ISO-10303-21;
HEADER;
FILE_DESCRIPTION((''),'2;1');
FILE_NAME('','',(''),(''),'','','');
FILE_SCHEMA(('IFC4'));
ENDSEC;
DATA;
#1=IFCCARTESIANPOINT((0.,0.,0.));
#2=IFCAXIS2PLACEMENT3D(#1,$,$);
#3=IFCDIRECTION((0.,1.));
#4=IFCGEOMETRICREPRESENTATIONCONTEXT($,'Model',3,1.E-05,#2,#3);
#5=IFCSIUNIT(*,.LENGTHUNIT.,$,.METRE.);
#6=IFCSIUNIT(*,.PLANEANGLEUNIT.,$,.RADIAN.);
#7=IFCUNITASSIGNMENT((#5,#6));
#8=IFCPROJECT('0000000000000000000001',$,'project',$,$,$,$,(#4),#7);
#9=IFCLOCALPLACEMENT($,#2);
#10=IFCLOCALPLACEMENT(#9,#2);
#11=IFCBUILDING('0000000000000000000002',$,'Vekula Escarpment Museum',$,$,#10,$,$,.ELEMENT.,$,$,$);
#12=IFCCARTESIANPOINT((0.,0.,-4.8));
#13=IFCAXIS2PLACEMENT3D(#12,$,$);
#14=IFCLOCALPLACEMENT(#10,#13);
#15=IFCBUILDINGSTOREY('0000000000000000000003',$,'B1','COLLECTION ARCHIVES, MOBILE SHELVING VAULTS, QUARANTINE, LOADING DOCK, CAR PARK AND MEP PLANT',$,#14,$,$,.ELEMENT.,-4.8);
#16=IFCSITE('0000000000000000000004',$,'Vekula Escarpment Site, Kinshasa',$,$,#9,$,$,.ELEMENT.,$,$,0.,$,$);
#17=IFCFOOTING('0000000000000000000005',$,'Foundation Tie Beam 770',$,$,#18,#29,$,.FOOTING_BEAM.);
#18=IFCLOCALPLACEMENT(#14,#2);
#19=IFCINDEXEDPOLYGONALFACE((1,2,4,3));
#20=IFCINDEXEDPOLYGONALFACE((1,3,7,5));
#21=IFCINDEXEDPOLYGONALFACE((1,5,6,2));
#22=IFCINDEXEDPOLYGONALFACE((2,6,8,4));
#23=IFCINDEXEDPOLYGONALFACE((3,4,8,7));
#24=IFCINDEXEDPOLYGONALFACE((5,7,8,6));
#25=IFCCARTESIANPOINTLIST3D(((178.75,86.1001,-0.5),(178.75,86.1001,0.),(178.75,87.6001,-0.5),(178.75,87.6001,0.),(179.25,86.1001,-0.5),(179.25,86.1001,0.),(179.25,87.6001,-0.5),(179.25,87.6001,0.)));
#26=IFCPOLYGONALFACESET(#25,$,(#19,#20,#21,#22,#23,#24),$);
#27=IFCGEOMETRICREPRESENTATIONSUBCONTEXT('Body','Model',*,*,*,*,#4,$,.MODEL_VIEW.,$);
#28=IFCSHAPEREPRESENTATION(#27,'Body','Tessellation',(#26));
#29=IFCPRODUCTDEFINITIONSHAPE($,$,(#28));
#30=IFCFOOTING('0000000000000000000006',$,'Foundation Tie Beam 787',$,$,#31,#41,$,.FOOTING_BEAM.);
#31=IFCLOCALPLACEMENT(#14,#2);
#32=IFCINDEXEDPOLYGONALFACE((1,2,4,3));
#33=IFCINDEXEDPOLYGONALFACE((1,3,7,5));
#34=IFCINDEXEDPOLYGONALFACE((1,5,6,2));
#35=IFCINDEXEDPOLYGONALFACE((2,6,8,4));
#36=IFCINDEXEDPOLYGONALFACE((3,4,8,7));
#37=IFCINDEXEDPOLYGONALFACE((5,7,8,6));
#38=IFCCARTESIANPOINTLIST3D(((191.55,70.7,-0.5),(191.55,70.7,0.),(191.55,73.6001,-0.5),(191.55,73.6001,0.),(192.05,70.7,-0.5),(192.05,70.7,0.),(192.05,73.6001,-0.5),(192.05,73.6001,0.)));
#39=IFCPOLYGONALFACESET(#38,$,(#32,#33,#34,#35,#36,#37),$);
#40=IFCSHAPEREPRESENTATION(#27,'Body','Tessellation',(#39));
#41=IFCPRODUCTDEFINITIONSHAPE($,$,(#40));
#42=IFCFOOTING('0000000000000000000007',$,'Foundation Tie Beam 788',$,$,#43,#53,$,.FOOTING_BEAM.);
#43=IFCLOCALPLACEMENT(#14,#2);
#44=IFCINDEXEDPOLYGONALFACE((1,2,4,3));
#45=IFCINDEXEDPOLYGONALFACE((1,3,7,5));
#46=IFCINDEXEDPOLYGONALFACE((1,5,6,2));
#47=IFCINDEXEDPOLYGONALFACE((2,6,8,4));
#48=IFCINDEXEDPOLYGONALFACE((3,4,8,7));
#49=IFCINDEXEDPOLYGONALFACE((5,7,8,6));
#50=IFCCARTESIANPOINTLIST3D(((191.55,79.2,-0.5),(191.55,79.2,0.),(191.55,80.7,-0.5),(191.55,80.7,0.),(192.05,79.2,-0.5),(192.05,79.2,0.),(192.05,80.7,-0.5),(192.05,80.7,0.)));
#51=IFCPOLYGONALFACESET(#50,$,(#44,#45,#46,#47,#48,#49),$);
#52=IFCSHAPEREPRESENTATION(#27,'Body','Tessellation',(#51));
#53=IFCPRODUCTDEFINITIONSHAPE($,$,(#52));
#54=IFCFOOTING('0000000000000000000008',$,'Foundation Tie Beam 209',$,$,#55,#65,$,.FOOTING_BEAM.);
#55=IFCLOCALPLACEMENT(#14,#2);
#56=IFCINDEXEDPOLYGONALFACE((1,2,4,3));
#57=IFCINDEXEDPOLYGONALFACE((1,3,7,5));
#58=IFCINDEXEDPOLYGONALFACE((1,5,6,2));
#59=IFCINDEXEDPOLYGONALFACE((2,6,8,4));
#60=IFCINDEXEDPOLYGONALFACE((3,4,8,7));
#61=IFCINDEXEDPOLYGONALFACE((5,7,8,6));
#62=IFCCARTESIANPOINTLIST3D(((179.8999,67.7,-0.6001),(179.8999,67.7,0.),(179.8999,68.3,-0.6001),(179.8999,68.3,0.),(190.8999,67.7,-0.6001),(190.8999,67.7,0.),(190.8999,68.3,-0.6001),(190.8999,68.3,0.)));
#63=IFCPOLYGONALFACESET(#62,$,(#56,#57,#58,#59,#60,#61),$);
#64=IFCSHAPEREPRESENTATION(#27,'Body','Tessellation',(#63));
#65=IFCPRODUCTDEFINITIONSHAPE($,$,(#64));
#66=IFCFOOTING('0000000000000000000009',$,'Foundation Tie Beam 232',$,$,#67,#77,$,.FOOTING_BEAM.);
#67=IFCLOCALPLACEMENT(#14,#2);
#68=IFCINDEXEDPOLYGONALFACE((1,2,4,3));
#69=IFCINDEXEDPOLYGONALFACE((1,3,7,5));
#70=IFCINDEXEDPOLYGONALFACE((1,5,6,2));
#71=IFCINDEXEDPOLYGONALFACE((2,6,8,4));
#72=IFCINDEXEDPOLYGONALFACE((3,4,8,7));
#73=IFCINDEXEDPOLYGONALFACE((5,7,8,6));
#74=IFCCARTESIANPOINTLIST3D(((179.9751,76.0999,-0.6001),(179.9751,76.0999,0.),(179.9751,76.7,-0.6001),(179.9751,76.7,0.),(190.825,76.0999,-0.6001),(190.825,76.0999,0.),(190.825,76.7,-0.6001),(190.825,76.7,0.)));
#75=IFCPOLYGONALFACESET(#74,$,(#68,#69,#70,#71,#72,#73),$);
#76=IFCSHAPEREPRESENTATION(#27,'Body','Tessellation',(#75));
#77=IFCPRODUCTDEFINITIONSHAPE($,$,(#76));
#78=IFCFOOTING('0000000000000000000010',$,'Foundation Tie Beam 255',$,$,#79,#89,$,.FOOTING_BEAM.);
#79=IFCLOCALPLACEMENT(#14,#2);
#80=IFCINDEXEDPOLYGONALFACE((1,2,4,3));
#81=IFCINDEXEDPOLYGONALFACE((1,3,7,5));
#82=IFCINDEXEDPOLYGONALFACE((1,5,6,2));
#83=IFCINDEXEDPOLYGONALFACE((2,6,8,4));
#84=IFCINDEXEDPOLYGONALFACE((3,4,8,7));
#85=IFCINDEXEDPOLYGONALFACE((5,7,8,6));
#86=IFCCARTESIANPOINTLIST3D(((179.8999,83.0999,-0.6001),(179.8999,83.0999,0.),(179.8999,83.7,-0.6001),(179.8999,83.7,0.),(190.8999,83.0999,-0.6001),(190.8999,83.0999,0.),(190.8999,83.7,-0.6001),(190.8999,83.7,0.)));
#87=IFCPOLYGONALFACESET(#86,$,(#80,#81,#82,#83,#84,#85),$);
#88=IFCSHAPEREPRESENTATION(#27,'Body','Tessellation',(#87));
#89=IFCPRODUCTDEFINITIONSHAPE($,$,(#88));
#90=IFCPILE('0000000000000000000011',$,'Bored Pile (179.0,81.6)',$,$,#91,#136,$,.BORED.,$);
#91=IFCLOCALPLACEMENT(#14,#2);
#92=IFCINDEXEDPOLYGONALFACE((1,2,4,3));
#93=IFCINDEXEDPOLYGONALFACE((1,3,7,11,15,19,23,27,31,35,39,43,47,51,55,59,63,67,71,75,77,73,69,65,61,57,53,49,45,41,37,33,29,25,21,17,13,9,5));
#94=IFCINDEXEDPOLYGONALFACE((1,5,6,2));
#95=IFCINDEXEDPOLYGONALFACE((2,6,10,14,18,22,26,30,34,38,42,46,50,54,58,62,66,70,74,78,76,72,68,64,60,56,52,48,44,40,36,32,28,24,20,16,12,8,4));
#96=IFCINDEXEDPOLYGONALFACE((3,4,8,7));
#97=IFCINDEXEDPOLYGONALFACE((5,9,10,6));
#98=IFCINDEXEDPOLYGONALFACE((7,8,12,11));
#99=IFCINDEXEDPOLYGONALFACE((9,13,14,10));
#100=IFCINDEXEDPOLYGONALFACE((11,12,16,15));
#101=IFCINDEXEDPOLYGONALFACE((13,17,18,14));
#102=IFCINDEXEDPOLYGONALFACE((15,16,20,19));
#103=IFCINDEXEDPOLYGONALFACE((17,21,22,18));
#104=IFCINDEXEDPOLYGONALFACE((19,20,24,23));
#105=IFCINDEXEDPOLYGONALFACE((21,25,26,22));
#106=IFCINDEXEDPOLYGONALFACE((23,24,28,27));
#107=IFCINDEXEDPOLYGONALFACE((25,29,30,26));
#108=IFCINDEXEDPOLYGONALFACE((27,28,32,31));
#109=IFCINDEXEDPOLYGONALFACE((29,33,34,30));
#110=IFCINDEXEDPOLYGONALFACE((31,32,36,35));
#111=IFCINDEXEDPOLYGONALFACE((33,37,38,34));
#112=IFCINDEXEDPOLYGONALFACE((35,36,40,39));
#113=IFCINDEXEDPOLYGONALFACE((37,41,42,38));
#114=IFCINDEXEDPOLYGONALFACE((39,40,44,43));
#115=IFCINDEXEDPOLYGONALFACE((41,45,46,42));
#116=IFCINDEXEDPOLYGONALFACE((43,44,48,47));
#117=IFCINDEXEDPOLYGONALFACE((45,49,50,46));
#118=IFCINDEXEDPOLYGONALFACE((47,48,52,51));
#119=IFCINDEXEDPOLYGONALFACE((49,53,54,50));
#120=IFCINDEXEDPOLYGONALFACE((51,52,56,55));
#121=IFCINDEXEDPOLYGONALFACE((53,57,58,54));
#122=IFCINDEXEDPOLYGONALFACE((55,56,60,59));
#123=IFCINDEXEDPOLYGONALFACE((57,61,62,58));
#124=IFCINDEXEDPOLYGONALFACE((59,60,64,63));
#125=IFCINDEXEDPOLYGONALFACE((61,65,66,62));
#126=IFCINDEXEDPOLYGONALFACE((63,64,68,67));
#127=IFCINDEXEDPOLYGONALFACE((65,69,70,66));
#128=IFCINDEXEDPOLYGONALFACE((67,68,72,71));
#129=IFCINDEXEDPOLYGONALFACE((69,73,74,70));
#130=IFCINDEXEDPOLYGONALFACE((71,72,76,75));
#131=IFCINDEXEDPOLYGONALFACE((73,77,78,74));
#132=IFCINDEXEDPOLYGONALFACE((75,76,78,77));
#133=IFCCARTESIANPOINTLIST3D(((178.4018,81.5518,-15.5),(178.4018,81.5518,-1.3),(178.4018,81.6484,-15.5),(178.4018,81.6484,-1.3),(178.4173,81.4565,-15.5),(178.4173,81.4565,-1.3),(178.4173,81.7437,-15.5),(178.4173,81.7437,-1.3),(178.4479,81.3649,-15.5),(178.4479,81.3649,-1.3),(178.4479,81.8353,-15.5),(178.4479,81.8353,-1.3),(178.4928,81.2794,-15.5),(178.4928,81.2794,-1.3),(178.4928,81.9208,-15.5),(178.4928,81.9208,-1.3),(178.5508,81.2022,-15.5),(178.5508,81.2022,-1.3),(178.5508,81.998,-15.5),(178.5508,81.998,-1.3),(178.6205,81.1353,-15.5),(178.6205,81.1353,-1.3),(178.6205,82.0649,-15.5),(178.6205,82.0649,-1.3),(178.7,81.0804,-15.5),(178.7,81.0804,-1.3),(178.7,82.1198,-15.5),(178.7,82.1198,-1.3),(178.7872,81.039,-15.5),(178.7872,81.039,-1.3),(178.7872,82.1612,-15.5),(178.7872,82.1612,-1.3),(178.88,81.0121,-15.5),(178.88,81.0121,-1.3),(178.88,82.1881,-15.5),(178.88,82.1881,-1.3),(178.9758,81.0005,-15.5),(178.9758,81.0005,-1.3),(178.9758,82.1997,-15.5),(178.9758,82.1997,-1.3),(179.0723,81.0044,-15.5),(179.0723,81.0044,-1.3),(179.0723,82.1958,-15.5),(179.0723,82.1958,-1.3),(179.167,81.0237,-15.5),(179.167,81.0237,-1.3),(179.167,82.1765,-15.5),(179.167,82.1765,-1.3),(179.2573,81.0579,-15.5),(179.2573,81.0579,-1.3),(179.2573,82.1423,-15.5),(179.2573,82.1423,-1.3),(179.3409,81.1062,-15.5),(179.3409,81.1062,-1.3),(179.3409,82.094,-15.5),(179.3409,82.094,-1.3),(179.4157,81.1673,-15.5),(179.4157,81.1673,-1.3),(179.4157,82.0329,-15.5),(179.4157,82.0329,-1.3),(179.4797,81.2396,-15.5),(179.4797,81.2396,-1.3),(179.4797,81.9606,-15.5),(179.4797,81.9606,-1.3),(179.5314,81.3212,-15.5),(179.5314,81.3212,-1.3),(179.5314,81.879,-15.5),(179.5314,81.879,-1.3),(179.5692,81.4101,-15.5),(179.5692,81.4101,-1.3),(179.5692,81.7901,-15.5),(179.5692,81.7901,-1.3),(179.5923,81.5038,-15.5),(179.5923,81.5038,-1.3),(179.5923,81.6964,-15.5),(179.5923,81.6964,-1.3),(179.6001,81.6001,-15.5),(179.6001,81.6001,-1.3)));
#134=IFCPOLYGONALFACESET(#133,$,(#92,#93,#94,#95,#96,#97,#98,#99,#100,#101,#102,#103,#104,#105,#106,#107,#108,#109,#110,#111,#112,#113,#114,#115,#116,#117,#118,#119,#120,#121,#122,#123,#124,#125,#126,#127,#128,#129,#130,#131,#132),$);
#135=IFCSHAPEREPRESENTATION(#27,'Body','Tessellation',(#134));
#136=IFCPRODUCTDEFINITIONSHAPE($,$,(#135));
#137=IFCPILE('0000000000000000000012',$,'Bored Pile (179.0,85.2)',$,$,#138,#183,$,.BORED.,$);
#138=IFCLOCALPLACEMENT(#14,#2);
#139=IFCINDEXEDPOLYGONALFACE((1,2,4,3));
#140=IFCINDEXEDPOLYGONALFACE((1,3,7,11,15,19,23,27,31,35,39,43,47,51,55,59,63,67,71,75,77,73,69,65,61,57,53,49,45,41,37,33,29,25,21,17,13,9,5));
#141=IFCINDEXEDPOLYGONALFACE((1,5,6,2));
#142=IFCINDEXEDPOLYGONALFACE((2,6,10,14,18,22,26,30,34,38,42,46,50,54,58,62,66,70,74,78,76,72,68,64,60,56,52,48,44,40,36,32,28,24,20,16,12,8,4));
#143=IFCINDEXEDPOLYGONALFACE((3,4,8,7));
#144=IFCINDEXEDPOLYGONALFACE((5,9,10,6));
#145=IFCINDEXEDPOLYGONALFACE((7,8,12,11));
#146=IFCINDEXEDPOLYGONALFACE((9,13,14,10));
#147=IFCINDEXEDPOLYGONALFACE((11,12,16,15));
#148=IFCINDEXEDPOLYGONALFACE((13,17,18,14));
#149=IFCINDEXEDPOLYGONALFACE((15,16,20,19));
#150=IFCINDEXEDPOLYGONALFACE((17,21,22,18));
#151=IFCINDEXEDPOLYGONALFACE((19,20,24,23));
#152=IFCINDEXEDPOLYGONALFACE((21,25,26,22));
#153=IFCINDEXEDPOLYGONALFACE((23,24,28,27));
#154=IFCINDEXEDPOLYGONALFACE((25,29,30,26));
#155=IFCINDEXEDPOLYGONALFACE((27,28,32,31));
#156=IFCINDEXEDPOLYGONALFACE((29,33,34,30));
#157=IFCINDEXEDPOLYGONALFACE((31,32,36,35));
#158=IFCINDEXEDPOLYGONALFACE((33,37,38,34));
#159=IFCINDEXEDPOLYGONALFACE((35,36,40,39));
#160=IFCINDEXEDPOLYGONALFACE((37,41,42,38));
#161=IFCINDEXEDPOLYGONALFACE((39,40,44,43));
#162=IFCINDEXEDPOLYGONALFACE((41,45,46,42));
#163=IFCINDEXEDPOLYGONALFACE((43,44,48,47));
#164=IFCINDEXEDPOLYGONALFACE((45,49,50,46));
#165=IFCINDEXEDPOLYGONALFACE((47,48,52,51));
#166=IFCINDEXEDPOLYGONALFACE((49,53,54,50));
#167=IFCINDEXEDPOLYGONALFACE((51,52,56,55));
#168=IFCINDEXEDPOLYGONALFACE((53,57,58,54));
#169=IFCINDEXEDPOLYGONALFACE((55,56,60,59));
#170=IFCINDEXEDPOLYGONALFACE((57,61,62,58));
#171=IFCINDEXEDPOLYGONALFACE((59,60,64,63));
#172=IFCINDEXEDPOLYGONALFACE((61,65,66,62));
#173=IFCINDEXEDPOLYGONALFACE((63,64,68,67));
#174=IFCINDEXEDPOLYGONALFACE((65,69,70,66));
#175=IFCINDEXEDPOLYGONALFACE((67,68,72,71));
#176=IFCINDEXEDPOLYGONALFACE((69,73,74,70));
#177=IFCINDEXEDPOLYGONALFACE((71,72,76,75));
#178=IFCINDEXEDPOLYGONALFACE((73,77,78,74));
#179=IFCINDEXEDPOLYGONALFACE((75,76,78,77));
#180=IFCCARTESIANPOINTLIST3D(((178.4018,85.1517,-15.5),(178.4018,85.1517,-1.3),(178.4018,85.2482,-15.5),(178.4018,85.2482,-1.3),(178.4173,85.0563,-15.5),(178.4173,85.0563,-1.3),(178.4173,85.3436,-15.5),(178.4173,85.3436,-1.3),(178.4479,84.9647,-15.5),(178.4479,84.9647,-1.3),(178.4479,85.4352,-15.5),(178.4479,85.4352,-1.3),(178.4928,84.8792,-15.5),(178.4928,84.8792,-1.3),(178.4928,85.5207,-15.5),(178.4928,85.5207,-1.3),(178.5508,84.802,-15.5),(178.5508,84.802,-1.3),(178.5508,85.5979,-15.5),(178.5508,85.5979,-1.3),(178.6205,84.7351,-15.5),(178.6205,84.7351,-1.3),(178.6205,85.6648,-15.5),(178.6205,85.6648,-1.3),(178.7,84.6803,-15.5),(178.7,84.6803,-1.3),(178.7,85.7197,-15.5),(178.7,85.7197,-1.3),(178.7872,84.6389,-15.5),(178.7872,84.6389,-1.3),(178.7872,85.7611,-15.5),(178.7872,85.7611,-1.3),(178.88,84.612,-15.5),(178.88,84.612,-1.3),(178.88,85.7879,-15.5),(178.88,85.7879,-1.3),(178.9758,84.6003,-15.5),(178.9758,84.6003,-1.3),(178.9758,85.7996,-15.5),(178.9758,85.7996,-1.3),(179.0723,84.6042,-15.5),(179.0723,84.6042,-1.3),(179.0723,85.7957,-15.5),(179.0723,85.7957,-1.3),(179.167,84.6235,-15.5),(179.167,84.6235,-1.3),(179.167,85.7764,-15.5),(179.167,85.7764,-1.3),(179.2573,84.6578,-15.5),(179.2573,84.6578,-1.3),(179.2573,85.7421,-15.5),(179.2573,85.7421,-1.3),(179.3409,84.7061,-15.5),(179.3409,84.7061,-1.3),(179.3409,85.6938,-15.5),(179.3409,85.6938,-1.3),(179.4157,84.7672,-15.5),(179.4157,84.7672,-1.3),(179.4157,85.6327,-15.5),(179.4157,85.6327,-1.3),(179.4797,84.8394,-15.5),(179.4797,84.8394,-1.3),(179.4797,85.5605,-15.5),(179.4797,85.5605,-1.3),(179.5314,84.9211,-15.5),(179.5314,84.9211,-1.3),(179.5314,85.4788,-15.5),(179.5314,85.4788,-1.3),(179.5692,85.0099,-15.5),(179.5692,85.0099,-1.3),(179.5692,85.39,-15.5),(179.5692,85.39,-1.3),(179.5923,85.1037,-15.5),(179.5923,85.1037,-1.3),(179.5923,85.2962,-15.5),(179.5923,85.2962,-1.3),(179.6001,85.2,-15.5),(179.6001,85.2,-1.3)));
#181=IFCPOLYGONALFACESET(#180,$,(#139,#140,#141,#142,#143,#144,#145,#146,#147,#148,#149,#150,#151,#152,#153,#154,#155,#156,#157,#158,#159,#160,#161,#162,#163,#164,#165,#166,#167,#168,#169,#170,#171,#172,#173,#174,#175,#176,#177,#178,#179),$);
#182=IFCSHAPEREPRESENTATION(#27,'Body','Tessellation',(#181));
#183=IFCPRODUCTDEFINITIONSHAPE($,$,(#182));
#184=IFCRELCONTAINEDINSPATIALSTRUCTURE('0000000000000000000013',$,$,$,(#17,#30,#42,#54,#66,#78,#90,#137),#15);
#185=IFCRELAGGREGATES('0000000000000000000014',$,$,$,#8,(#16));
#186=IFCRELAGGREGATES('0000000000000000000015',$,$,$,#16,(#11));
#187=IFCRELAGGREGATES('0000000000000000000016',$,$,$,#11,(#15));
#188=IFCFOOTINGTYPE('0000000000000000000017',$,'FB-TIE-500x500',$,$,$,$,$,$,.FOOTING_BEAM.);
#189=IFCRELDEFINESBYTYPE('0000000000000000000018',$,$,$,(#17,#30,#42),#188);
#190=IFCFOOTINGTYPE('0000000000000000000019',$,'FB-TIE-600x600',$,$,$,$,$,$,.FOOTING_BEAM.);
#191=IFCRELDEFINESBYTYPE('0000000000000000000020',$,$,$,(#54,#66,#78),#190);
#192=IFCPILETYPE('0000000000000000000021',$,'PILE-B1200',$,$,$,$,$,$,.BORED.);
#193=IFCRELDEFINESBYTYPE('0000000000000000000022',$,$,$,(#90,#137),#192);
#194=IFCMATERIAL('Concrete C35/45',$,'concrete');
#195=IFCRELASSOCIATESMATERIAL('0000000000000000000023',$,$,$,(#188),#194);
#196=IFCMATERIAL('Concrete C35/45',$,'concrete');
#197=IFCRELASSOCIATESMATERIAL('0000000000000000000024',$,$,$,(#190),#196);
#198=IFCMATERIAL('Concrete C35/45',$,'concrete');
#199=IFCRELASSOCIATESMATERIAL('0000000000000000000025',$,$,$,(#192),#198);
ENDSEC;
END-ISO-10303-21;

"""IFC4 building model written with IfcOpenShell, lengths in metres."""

from ifc_helpers import new_model, si_unit, direction, frame, origin, origin_2d, place, context, subcontext, project, spatial, rectangle, circle, extrude, material, material_profile, profile_set, type_object, element, save


model = new_model("IFC4")

# Units and contexts
model_context = context("Model", 3, precision=1e-05, world=origin(), true_north=direction((0.0, 1.0)))
body_context = subcontext(model_context, "Body", "Model", "MODEL_VIEW")
ifc_project = project(units=[si_unit("LENGTHUNIT", "METRE"), si_unit("PLANEANGLEUNIT", "RADIAN")], contexts=[model_context])

# Site, building, storey
site_placement = place(None, origin())
site = spatial("IfcSite", under=ifc_project, at=site_placement, Name="Vekula Escarpment Site, Kinshasa", CompositionType="ELEMENT", RefElevation=0.0)
building_placement = place(site_placement, origin())
building = spatial("IfcBuilding", under=site, at=building_placement, Name="Vekula Escarpment Museum", CompositionType="ELEMENT")
storey_placement = place(building_placement, frame((0.0, 0.0, -4.8)))
storey = spatial("IfcBuildingStorey", under=building, at=storey_placement, Name="B1", Description="COLLECTION ARCHIVES, MOBILE SHELVING VAULTS, QUARANTINE, LOADING DOCK, CAR PARK AND MEP PLANT", CompositionType="ELEMENT", Elevation=-4.8)

# Footings
ifc_material_1 = material(Name="Concrete C35/45", Category="concrete")
ifc_material_profile_1 = material_profile(ifc_material_1, rectangle(XDim=0.5, YDim=0.5, at=origin_2d()), Name="RC 500x500")
ifc_profile_set_1 = profile_set([ifc_material_profile_1], Name="Concrete C35/45")
footing_type_1 = type_object("IfcFootingType", Name="FB-TIE-500x500", PredefinedType="FOOTING_BEAM", material=ifc_profile_set_1)
footing_1_placement = place(storey_placement, frame((179.0, 86.1001, -0.25), z_axis=(0.0, 1.0, 0.0), x_axis=(-1.0, 0.0, 0.0)))
element("IfcFooting", 1, at=footing_1_placement, inside=storey, type_object=footing_type_1, Name="Foundation Tie Beam 770", PredefinedType="FOOTING_BEAM", context=body_context, shape_type="SweptSolid", body=[
    extrude(rectangle(XDim=0.5, YDim=0.5, at=origin_2d()), origin(), (0.0, 0.0, 1.0), 1.5),
])
footing_2_placement = place(storey_placement, frame((191.8, 70.7, -0.25), z_axis=(0.0, 1.0, 0.0), x_axis=(-1.0, 0.0, 0.0)))
element("IfcFooting", 2, at=footing_2_placement, inside=storey, type_object=footing_type_1, Name="Foundation Tie Beam 787", PredefinedType="FOOTING_BEAM", context=body_context, shape_type="SweptSolid", body=[
    extrude(rectangle(XDim=0.5, YDim=0.5, at=origin_2d()), origin(), (0.0, 0.0, 1.0), 2.9001),
])
footing_3_placement = place(storey_placement, frame((191.8, 79.2, -0.25), z_axis=(0.0, 1.0, 0.0), x_axis=(-1.0, 0.0, 0.0)))
element("IfcFooting", 3, at=footing_3_placement, inside=storey, type_object=footing_type_1, Name="Foundation Tie Beam 788", PredefinedType="FOOTING_BEAM", context=body_context, shape_type="SweptSolid", body=[
    extrude(rectangle(XDim=0.5, YDim=0.5, at=origin_2d()), origin(), (0.0, 0.0, 1.0), 1.5),
])
ifc_material_2 = material(Name="Concrete C35/45", Category="concrete")
ifc_material_profile_2 = material_profile(ifc_material_2, rectangle(XDim=0.6001, YDim=0.6001, at=origin_2d()), Name="RC 600x600")
ifc_profile_set_2 = profile_set([ifc_material_profile_2], Name="Concrete C35/45")
footing_type_2 = type_object("IfcFootingType", Name="FB-TIE-600x600", PredefinedType="FOOTING_BEAM", material=ifc_profile_set_2)
footing_4_placement = place(storey_placement, frame((179.8999, 68.0, -0.3), z_axis=(1.0, 0.0, 0.0), x_axis=(0.0, 1.0, 0.0)))
element("IfcFooting", 4, at=footing_4_placement, inside=storey, type_object=footing_type_2, Name="Foundation Tie Beam 209", PredefinedType="FOOTING_BEAM", context=body_context, shape_type="SweptSolid", body=[
    extrude(rectangle(XDim=0.6001, YDim=0.6001, at=origin_2d()), origin(), (0.0, 0.0, 1.0), 11.0),
])
footing_5_placement = place(storey_placement, frame((179.9751, 76.3999, -0.3), z_axis=(1.0, 0.0, 0.0), x_axis=(0.0, 1.0, 0.0)))
element("IfcFooting", 5, at=footing_5_placement, inside=storey, type_object=footing_type_2, Name="Foundation Tie Beam 232", PredefinedType="FOOTING_BEAM", context=body_context, shape_type="SweptSolid", body=[
    extrude(rectangle(XDim=0.6001, YDim=0.6001, at=origin_2d()), origin(), (0.0, 0.0, 1.0), 10.8499),
])
footing_6_placement = place(storey_placement, frame((179.8999, 83.3999, -0.3), z_axis=(1.0, 0.0, 0.0), x_axis=(0.0, 1.0, 0.0)))
element("IfcFooting", 6, at=footing_6_placement, inside=storey, type_object=footing_type_2, Name="Foundation Tie Beam 255", PredefinedType="FOOTING_BEAM", context=body_context, shape_type="SweptSolid", body=[
    extrude(rectangle(XDim=0.6001, YDim=0.6001, at=origin_2d()), origin(), (0.0, 0.0, 1.0), 11.0),
])

# Piles
ifc_material_3 = material(Name="Concrete C35/45", Category="concrete")
ifc_material_profile_3 = material_profile(ifc_material_3, circle(Radius=0.6001, at=origin_2d()), Name="BORED PILE 1200")
ifc_profile_set_3 = profile_set([ifc_material_profile_3], Name="Concrete C35/45")
pile_type = type_object("IfcPileType", Name="PILE-B1200", PredefinedType="BORED", material=ifc_profile_set_3)
for number, where, z_axis, x_axis, name in (
    (7, (179.0, 81.6001, -1.3), (0.0, 0.0, -1.0), (1.0, 0.0, 0.0), "Bored Pile (179.0,81.6)"),
    (8, (179.0, 85.2, -1.3), (0.0, 0.0, -1.0), (1.0, 0.0, 0.0), "Bored Pile (179.0,85.2)"),
):
    element("IfcPile", number, at=place(storey_placement, frame(where, z_axis=z_axis, x_axis=x_axis)), inside=storey, type_object=pile_type, Name=name, PredefinedType="BORED", context=body_context, shape_type="SweptSolid", body=[
        extrude(circle(Radius=0.6001, at=origin_2d()), origin(), (0.0, 0.0, 1.0), 14.2),
    ])

save(model, "model.ifc")
